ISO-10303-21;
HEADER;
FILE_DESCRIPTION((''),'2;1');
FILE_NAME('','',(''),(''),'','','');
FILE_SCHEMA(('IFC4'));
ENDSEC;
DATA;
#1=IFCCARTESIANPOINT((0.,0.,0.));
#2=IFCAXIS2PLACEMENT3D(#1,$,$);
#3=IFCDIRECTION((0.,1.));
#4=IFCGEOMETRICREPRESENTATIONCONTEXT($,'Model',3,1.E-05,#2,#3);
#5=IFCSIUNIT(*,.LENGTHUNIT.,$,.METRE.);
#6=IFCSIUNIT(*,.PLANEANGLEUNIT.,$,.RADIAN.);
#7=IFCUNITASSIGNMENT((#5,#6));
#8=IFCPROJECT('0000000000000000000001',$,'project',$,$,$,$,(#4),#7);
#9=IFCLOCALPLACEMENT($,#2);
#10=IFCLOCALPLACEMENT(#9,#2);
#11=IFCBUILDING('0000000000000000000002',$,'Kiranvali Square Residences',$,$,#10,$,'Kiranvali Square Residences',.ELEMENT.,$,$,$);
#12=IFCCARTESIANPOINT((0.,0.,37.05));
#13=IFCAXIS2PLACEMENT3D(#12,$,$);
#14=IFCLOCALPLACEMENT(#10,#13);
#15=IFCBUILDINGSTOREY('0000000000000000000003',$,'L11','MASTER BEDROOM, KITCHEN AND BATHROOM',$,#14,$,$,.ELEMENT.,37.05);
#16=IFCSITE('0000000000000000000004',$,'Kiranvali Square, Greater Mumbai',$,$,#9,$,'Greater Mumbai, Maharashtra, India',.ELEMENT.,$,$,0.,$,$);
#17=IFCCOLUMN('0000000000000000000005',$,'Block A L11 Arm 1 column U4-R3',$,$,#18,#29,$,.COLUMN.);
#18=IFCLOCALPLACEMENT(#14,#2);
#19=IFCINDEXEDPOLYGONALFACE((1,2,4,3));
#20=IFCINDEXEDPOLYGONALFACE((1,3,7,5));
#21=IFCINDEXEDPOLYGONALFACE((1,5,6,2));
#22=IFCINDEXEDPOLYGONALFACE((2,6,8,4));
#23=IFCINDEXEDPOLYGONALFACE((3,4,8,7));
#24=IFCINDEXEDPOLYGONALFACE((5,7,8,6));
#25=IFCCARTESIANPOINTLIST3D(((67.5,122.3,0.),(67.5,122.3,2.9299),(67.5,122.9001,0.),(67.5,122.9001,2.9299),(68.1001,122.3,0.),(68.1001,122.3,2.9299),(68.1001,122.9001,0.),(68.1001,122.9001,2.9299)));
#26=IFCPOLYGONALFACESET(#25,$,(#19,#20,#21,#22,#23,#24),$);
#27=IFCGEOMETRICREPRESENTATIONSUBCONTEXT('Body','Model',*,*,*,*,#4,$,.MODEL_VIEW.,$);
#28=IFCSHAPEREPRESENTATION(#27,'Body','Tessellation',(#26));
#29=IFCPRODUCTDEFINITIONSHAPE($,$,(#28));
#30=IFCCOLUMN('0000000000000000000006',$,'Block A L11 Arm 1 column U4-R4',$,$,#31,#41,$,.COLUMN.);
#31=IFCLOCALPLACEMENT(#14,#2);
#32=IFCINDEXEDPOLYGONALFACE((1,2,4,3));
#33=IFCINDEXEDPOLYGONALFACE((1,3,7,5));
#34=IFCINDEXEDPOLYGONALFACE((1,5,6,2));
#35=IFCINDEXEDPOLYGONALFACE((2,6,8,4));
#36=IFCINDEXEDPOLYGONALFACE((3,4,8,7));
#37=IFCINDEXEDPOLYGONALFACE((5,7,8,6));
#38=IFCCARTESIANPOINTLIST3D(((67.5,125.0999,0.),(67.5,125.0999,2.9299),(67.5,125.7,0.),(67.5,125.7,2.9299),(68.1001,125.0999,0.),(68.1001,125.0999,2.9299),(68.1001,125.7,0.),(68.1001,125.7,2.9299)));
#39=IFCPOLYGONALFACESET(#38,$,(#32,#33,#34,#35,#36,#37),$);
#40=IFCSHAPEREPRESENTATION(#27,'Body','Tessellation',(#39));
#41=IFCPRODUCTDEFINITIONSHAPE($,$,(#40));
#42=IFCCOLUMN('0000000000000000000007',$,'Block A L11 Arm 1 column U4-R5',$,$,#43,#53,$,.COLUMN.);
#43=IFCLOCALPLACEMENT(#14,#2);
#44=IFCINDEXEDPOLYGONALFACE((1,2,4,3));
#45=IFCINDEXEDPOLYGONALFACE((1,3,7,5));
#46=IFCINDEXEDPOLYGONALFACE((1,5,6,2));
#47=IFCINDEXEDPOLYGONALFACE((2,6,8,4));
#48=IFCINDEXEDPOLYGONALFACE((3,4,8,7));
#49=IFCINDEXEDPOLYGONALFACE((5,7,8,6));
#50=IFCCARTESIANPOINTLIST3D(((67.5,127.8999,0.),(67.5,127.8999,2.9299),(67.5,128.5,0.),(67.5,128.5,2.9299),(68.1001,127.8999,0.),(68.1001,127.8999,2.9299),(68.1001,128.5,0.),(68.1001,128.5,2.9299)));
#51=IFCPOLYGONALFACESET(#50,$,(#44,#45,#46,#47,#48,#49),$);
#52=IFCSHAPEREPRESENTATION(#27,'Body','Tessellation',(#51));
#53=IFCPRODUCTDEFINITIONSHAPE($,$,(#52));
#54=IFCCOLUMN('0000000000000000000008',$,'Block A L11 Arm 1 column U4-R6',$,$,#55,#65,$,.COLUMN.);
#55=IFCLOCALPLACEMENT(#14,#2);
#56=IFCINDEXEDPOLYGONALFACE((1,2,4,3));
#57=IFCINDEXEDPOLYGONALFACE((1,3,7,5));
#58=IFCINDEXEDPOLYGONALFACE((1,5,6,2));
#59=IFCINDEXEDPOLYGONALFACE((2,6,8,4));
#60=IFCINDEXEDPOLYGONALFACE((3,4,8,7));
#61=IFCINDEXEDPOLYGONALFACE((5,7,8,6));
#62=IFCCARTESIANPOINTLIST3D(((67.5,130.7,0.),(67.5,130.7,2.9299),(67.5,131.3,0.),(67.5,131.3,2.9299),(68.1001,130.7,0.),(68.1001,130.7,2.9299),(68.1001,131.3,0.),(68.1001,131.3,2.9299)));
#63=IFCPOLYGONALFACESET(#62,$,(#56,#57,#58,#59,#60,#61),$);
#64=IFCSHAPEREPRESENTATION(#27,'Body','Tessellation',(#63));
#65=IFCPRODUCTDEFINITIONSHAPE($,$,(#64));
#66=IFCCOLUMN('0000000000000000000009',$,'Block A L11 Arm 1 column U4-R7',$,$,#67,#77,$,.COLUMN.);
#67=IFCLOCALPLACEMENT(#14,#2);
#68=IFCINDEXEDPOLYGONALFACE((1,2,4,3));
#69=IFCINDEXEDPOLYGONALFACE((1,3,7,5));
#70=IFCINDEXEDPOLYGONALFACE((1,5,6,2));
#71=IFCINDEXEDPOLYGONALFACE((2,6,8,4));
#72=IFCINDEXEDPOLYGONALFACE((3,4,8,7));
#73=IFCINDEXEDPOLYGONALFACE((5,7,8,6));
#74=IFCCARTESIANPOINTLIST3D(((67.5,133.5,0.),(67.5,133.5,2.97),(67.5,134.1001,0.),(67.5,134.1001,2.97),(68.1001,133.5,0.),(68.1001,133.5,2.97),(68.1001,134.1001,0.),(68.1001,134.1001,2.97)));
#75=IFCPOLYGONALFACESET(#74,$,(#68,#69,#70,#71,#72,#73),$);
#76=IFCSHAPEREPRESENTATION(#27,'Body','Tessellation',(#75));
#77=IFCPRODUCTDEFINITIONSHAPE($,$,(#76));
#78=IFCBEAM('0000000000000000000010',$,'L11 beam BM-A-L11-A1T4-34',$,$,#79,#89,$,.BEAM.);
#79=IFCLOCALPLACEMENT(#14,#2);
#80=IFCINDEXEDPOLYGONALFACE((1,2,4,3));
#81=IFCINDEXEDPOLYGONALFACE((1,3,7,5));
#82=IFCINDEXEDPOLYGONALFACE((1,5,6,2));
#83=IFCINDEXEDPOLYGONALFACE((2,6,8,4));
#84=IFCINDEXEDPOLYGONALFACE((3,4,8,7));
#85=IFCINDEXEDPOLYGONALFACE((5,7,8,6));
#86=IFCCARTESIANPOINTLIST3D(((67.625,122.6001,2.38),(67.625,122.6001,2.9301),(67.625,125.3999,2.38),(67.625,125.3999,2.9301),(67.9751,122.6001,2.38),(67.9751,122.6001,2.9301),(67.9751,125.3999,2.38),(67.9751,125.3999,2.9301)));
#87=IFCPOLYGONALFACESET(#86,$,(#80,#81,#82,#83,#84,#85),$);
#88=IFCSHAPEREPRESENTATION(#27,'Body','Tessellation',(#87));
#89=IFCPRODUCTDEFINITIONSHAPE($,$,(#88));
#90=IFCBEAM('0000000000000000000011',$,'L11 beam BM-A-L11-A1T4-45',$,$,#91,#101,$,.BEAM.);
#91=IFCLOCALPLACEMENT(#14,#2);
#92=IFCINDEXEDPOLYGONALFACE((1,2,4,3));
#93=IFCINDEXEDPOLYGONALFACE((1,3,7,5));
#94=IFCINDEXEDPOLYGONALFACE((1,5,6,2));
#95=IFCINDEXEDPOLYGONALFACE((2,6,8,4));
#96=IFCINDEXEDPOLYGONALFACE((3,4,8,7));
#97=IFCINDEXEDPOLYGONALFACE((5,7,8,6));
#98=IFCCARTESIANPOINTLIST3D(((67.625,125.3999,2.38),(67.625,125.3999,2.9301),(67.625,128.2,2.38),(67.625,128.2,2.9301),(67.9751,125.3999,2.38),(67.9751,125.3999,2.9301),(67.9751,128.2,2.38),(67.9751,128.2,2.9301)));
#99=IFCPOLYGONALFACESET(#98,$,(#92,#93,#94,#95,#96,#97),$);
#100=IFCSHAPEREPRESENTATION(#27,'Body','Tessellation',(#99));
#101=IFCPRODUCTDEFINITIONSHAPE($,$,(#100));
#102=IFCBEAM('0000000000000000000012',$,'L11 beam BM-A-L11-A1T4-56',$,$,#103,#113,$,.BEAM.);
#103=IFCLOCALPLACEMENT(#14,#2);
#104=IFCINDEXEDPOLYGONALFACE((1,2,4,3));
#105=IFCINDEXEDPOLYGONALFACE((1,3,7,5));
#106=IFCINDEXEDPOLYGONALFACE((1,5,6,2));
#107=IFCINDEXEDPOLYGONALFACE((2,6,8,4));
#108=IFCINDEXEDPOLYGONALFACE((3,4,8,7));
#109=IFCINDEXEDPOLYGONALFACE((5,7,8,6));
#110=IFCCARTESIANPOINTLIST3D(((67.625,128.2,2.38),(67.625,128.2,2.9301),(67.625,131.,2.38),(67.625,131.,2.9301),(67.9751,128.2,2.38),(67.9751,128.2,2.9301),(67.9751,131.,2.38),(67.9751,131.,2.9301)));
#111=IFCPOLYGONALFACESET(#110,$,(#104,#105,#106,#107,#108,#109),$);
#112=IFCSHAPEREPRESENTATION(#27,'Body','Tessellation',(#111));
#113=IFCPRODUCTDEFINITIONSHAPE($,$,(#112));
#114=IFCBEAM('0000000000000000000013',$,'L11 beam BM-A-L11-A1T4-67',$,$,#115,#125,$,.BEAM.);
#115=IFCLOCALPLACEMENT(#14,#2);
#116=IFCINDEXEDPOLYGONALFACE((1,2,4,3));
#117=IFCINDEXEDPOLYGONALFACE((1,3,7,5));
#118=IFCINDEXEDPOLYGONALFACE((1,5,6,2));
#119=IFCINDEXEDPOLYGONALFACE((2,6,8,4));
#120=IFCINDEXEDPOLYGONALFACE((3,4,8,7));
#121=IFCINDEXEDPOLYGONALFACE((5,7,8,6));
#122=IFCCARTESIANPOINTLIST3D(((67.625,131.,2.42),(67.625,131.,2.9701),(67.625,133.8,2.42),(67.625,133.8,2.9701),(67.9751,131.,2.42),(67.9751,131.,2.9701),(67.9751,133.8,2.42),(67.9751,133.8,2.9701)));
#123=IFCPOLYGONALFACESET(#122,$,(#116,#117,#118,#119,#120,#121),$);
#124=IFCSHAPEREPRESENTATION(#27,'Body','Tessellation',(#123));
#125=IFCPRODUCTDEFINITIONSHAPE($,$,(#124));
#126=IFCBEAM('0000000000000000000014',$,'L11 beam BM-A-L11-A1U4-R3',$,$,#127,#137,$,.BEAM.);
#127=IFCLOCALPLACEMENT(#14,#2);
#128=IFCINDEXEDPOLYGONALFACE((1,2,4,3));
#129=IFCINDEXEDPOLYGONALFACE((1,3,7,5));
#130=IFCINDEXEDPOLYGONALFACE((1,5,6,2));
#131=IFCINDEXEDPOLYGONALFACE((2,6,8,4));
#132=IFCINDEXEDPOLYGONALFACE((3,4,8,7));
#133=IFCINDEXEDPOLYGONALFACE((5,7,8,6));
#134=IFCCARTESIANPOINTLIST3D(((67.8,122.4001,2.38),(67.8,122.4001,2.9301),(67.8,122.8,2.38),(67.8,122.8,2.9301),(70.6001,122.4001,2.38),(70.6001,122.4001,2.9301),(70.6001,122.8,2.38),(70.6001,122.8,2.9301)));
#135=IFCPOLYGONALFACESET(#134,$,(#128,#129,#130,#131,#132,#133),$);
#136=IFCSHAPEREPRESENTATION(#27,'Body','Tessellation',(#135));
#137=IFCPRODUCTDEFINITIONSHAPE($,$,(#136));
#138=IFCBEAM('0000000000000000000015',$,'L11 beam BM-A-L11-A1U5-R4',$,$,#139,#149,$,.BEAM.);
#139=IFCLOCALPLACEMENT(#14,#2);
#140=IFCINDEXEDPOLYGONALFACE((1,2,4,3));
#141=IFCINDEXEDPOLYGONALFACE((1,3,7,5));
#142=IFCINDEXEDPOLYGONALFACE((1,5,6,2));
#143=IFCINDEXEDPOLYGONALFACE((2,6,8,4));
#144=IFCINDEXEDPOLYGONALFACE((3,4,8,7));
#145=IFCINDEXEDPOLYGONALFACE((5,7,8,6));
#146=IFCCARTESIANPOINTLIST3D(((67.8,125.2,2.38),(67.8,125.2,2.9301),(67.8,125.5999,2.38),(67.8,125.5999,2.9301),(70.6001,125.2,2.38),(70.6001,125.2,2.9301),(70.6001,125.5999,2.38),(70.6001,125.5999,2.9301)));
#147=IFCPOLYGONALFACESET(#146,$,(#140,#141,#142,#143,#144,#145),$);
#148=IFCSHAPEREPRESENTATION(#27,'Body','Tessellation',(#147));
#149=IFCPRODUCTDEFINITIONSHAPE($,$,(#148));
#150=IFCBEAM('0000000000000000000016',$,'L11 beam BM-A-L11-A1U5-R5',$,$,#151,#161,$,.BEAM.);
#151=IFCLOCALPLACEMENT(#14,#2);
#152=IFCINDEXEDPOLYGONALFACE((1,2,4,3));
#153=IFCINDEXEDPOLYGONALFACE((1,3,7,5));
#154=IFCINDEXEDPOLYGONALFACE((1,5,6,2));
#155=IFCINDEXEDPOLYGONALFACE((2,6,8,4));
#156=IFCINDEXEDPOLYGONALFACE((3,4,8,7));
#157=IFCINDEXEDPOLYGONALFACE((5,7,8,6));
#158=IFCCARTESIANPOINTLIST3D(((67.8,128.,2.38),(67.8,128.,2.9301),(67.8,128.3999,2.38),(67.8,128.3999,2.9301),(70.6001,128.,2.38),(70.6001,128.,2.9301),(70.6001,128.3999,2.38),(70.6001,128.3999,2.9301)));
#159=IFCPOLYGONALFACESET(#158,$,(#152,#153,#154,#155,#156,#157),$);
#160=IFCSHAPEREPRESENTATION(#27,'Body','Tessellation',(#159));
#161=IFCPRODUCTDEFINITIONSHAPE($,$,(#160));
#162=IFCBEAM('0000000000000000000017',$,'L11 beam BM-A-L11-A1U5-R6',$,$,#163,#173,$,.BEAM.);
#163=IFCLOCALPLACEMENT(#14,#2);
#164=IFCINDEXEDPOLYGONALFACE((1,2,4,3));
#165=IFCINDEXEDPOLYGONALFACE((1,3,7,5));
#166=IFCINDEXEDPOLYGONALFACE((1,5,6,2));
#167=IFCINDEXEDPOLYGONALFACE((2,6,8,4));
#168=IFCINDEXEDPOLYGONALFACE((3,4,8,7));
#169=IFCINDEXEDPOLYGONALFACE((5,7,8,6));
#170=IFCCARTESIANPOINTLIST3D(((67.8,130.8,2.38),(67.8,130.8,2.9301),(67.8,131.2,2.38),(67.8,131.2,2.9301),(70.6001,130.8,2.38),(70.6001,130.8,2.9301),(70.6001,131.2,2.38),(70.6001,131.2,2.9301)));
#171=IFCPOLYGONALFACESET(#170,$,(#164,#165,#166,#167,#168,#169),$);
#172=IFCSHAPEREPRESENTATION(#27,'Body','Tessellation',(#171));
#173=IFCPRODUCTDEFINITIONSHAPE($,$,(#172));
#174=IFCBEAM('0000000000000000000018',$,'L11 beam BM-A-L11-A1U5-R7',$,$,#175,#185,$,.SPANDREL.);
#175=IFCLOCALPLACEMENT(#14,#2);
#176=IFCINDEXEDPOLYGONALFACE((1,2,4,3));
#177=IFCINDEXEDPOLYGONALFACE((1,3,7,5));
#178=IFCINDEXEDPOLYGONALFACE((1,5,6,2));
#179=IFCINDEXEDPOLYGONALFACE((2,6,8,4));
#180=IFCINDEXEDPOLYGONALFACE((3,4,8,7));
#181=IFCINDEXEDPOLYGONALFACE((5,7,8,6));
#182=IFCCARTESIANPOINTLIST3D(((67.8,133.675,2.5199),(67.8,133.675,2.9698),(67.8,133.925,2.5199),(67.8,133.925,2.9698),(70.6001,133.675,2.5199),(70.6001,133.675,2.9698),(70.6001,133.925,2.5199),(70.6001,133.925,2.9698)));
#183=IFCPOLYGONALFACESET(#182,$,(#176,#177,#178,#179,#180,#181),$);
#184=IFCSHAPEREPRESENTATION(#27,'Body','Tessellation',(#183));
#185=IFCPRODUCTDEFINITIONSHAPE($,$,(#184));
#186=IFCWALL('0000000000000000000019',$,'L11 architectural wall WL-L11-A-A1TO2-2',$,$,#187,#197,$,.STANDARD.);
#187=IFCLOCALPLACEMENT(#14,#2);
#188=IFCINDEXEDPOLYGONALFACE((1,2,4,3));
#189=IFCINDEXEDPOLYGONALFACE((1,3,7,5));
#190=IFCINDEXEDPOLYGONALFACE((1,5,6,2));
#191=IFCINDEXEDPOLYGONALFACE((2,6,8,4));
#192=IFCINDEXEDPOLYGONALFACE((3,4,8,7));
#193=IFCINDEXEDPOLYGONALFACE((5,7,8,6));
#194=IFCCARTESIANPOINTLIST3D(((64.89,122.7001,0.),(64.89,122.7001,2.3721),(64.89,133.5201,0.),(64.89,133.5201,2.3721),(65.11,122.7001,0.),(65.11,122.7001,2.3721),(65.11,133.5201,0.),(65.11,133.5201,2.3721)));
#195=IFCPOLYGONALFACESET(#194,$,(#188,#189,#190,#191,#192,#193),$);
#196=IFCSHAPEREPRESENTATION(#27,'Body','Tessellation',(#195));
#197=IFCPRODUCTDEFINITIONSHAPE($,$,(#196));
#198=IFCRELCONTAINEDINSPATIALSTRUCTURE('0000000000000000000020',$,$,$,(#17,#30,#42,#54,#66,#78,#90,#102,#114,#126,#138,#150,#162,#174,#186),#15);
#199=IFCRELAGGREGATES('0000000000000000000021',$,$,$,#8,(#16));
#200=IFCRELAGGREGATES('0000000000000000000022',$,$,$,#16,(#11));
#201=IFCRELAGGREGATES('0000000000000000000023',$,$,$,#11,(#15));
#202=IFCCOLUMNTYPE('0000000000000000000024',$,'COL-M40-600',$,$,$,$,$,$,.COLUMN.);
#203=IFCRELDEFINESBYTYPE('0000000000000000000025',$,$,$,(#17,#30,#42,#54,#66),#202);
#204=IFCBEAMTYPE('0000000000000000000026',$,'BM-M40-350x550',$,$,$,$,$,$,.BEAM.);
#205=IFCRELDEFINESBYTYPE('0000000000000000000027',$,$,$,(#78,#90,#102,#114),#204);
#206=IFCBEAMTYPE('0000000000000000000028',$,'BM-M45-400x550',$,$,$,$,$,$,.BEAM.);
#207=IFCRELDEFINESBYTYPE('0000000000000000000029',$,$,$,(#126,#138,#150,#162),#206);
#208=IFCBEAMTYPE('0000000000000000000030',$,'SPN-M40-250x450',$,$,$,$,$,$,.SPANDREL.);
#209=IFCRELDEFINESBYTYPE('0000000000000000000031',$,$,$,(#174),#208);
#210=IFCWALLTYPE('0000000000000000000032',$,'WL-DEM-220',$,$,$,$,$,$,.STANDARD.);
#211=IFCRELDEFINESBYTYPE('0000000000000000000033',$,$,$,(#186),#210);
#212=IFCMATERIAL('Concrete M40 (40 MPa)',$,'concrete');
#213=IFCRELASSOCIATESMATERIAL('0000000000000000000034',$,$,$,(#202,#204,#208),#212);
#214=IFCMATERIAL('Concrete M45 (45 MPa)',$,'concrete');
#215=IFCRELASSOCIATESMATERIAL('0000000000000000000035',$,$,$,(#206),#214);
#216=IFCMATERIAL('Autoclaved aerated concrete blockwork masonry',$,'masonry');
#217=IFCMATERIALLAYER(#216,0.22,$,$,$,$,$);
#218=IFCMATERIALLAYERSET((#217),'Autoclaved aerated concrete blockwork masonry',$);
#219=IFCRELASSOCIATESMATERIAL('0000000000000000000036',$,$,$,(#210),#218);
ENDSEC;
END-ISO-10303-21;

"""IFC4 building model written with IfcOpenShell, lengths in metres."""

from ifc_helpers import new_model, si_unit, direction, frame, frame_2d, origin, origin_2d, place, context, subcontext, project, spatial, rectangle, extrude, material, layer, layer_set, material_profile, profile_set, type_object, element, save


model = new_model("IFC4")

# Units and contexts
model_context = context("Model", 3, precision=1e-05, world=origin(), true_north=direction((0.0, 1.0)))
body_context = subcontext(model_context, "Body", "Model", "MODEL_VIEW")
ifc_project = project(units=[si_unit("LENGTHUNIT", "METRE"), si_unit("PLANEANGLEUNIT", "RADIAN")], contexts=[model_context])

# Site, building, storey
site_placement = place(None, origin())
site = spatial("IfcSite", under=ifc_project, at=site_placement, Name="Kiranvali Square, Greater Mumbai", LongName="Greater Mumbai, Maharashtra, India", CompositionType="ELEMENT", RefElevation=0.0)
building_placement = place(site_placement, origin())
building = spatial("IfcBuilding", under=site, at=building_placement, Name="Kiranvali Square Residences", LongName="Kiranvali Square Residences", CompositionType="ELEMENT")
storey_placement = place(building_placement, frame((0.0, 0.0, 37.05)))
storey = spatial("IfcBuildingStorey", under=building, at=storey_placement, Name="L11", Description="MASTER BEDROOM, KITCHEN AND BATHROOM", CompositionType="ELEMENT", Elevation=37.05)

# Columns
ifc_material_1 = material(Name="Concrete M40 (40 MPa)", Category="concrete")
ifc_material_profile_1 = material_profile(ifc_material_1, rectangle(XDim=0.6001, YDim=0.6001, at=origin_2d()), Name="RC 600x600")
ifc_profile_set_1 = profile_set([ifc_material_profile_1], Name="Concrete M40 (40 MPa)")
column_type = type_object("IfcColumnType", Name="COL-M40-600", PredefinedType="COLUMN", material=ifc_profile_set_1)
for number, where, z_axis, x_axis, name in (
    (1, (67.8, 122.6001, 0.0), (0.0, 0.0, 1.0), (1.0, 0.0, 0.0), "Block A L11 Arm 1 column U4-R3"),
    (2, (67.8, 125.3999, 0.0), (0.0, 0.0, 1.0), (1.0, 0.0, 0.0), "Block A L11 Arm 1 column U4-R4"),
    (3, (67.8, 128.2, 0.0), (0.0, 0.0, 1.0), (1.0, 0.0, 0.0), "Block A L11 Arm 1 column U4-R5"),
    (4, (67.8, 131.0, 0.0), (0.0, 0.0, 1.0), (1.0, 0.0, 0.0), "Block A L11 Arm 1 column U4-R6"),
):
    element("IfcColumn", number, at=place(storey_placement, frame(where, z_axis=z_axis, x_axis=x_axis)), inside=storey, type_object=column_type, Name=name, PredefinedType="COLUMN", context=body_context, shape_type="SweptSolid", body=[
        extrude(rectangle(XDim=0.6001, YDim=0.6001, at=origin_2d()), origin(), (0.0, 0.0, 1.0), 2.9299),
    ])
column_placement = place(storey_placement, frame((67.8, 133.8, 0.0), z_axis=(0.0, 0.0, 1.0), x_axis=(1.0, 0.0, 0.0)))
element("IfcColumn", 5, at=column_placement, inside=storey, type_object=column_type, Name="Block A L11 Arm 1 column U4-R7", PredefinedType="COLUMN", context=body_context, shape_type="SweptSolid", body=[
    extrude(rectangle(XDim=0.6001, YDim=0.6001, at=origin_2d()), origin(), (0.0, 0.0, 1.0), 2.97),
])

# Beams
ifc_material_profile_2 = material_profile(ifc_material_1, rectangle(XDim=0.3501, YDim=0.55, at=origin_2d()), Name="RC 350x550")
ifc_profile_set_2 = profile_set([ifc_material_profile_2], Name="Concrete M40 (40 MPa)")
beam_type_1 = type_object("IfcBeamType", Name="BM-M40-350x550", PredefinedType="BEAM", material=ifc_profile_set_2)
beam_1_placement = place(storey_placement, frame((67.8, 122.6001, 2.655), z_axis=(0.0, 1.0, 0.0), x_axis=(-1.0, 0.0, 0.0)))
element("IfcBeam", 6, at=beam_1_placement, inside=storey, type_object=beam_type_1, Name="L11 beam BM-A-L11-A1T4-34", PredefinedType="BEAM", context=body_context, shape_type="SweptSolid", body=[
    extrude(rectangle(XDim=0.3501, YDim=0.55, at=origin_2d()), origin(), (0.0, 0.0, 1.0), 2.7998),
])
for number, where, z_axis, x_axis, name in (
    (7, (67.8, 125.3999, 2.655), (0.0, 1.0, 0.0), (-1.0, 0.0, 0.0), "L11 beam BM-A-L11-A1T4-45"),
    (8, (67.8, 128.2, 2.655), (0.0, 1.0, 0.0), (-1.0, 0.0, 0.0), "L11 beam BM-A-L11-A1T4-56"),
    (9, (67.8, 131.0, 2.6951), (0.0, 1.0, 0.0), (-1.0, 0.0, 0.0), "L11 beam BM-A-L11-A1T4-67"),
):
    element("IfcBeam", number, at=place(storey_placement, frame(where, z_axis=z_axis, x_axis=x_axis)), inside=storey, type_object=beam_type_1, Name=name, PredefinedType="BEAM", context=body_context, shape_type="SweptSolid", body=[
        extrude(rectangle(XDim=0.3501, YDim=0.55, at=origin_2d()), origin(), (0.0, 0.0, 1.0), 2.8),
    ])
ifc_material_2 = material(Name="Concrete M45 (45 MPa)", Category="concrete")
ifc_material_profile_3 = material_profile(ifc_material_2, rectangle(XDim=0.3999, YDim=0.55, at=origin_2d()), Name="RC 400x550")
ifc_profile_set_3 = profile_set([ifc_material_profile_3], Name="Concrete M45 (45 MPa)")
beam_type_2 = type_object("IfcBeamType", Name="BM-M45-400x550", PredefinedType="BEAM", material=ifc_profile_set_3)
for number, where, z_axis, x_axis, name in (
    (10, (67.8, 122.6001, 2.655), (1.0, 0.0, 0.0), (0.0, 1.0, 0.0), "L11 beam BM-A-L11-A1U4-R3"),
    (11, (67.8, 125.3999, 2.655), (1.0, 0.0, 0.0), (0.0, 1.0, 0.0), "L11 beam BM-A-L11-A1U5-R4"),
    (12, (67.8, 128.2, 2.655), (1.0, 0.0, 0.0), (0.0, 1.0, 0.0), "L11 beam BM-A-L11-A1U5-R5"),
    (13, (67.8, 131.0, 2.655), (1.0, 0.0, 0.0), (0.0, 1.0, 0.0), "L11 beam BM-A-L11-A1U5-R6"),
):
    element("IfcBeam", number, at=place(storey_placement, frame(where, z_axis=z_axis, x_axis=x_axis)), inside=storey, type_object=beam_type_2, Name=name, PredefinedType="BEAM", context=body_context, shape_type="SweptSolid", body=[
        extrude(rectangle(XDim=0.3999, YDim=0.55, at=origin_2d()), origin(), (0.0, 0.0, 1.0), 2.8),
    ])
ifc_material_profile_4 = material_profile(ifc_material_1, rectangle(XDim=0.25, YDim=0.45, at=origin_2d()), Name="RC 250x450")
ifc_profile_set_4 = profile_set([ifc_material_profile_4], Name="Concrete M40 (40 MPa)")
beam_type_3 = type_object("IfcBeamType", Name="SPN-M40-250x450", PredefinedType="SPANDREL", material=ifc_profile_set_4)
beam_2_placement = place(storey_placement, frame((67.8, 133.8, 2.7449), z_axis=(1.0, 0.0, 0.0), x_axis=(0.0, 1.0, 0.0)))
element("IfcBeam", 14, at=beam_2_placement, inside=storey, type_object=beam_type_3, Name="L11 beam BM-A-L11-A1U5-R7", PredefinedType="SPANDREL", context=body_context, shape_type="SweptSolid", body=[
    extrude(rectangle(XDim=0.25, YDim=0.45, at=origin_2d()), origin(), (0.0, 0.0, 1.0), 2.8),
])

# Wall
ifc_material_3 = material(Name="Autoclaved aerated concrete blockwork masonry", Category="masonry")
ifc_layer_1 = layer(ifc_material_3, 0.22)
ifc_layer_set_1 = layer_set([ifc_layer_1], Name="Autoclaved aerated concrete blockwork masonry")
wall_type_1 = type_object("IfcWallType", Name="WL-DEM-220", PredefinedType="STANDARD", material=ifc_layer_set_1)
wall_1_placement = place(storey_placement, frame((65.0, 122.7, 0.0), z_axis=(0.0, 0.0, 1.0), x_axis=(0.0, 1.0, 0.0)))
element("IfcWall", 15, at=wall_1_placement, inside=storey, type_object=wall_type_1, Name="L11 architectural wall WL-L11-A-A1TO2-2", PredefinedType="STANDARD", context=body_context, shape_type="SweptSolid", body=[
    extrude(rectangle(XDim=10.8201, YDim=0.22, at=frame_2d((5.4102, 0.0))), origin(), (0.0, 0.0, 1.0), 2.3721),
])

save(model, "model.ifc")
